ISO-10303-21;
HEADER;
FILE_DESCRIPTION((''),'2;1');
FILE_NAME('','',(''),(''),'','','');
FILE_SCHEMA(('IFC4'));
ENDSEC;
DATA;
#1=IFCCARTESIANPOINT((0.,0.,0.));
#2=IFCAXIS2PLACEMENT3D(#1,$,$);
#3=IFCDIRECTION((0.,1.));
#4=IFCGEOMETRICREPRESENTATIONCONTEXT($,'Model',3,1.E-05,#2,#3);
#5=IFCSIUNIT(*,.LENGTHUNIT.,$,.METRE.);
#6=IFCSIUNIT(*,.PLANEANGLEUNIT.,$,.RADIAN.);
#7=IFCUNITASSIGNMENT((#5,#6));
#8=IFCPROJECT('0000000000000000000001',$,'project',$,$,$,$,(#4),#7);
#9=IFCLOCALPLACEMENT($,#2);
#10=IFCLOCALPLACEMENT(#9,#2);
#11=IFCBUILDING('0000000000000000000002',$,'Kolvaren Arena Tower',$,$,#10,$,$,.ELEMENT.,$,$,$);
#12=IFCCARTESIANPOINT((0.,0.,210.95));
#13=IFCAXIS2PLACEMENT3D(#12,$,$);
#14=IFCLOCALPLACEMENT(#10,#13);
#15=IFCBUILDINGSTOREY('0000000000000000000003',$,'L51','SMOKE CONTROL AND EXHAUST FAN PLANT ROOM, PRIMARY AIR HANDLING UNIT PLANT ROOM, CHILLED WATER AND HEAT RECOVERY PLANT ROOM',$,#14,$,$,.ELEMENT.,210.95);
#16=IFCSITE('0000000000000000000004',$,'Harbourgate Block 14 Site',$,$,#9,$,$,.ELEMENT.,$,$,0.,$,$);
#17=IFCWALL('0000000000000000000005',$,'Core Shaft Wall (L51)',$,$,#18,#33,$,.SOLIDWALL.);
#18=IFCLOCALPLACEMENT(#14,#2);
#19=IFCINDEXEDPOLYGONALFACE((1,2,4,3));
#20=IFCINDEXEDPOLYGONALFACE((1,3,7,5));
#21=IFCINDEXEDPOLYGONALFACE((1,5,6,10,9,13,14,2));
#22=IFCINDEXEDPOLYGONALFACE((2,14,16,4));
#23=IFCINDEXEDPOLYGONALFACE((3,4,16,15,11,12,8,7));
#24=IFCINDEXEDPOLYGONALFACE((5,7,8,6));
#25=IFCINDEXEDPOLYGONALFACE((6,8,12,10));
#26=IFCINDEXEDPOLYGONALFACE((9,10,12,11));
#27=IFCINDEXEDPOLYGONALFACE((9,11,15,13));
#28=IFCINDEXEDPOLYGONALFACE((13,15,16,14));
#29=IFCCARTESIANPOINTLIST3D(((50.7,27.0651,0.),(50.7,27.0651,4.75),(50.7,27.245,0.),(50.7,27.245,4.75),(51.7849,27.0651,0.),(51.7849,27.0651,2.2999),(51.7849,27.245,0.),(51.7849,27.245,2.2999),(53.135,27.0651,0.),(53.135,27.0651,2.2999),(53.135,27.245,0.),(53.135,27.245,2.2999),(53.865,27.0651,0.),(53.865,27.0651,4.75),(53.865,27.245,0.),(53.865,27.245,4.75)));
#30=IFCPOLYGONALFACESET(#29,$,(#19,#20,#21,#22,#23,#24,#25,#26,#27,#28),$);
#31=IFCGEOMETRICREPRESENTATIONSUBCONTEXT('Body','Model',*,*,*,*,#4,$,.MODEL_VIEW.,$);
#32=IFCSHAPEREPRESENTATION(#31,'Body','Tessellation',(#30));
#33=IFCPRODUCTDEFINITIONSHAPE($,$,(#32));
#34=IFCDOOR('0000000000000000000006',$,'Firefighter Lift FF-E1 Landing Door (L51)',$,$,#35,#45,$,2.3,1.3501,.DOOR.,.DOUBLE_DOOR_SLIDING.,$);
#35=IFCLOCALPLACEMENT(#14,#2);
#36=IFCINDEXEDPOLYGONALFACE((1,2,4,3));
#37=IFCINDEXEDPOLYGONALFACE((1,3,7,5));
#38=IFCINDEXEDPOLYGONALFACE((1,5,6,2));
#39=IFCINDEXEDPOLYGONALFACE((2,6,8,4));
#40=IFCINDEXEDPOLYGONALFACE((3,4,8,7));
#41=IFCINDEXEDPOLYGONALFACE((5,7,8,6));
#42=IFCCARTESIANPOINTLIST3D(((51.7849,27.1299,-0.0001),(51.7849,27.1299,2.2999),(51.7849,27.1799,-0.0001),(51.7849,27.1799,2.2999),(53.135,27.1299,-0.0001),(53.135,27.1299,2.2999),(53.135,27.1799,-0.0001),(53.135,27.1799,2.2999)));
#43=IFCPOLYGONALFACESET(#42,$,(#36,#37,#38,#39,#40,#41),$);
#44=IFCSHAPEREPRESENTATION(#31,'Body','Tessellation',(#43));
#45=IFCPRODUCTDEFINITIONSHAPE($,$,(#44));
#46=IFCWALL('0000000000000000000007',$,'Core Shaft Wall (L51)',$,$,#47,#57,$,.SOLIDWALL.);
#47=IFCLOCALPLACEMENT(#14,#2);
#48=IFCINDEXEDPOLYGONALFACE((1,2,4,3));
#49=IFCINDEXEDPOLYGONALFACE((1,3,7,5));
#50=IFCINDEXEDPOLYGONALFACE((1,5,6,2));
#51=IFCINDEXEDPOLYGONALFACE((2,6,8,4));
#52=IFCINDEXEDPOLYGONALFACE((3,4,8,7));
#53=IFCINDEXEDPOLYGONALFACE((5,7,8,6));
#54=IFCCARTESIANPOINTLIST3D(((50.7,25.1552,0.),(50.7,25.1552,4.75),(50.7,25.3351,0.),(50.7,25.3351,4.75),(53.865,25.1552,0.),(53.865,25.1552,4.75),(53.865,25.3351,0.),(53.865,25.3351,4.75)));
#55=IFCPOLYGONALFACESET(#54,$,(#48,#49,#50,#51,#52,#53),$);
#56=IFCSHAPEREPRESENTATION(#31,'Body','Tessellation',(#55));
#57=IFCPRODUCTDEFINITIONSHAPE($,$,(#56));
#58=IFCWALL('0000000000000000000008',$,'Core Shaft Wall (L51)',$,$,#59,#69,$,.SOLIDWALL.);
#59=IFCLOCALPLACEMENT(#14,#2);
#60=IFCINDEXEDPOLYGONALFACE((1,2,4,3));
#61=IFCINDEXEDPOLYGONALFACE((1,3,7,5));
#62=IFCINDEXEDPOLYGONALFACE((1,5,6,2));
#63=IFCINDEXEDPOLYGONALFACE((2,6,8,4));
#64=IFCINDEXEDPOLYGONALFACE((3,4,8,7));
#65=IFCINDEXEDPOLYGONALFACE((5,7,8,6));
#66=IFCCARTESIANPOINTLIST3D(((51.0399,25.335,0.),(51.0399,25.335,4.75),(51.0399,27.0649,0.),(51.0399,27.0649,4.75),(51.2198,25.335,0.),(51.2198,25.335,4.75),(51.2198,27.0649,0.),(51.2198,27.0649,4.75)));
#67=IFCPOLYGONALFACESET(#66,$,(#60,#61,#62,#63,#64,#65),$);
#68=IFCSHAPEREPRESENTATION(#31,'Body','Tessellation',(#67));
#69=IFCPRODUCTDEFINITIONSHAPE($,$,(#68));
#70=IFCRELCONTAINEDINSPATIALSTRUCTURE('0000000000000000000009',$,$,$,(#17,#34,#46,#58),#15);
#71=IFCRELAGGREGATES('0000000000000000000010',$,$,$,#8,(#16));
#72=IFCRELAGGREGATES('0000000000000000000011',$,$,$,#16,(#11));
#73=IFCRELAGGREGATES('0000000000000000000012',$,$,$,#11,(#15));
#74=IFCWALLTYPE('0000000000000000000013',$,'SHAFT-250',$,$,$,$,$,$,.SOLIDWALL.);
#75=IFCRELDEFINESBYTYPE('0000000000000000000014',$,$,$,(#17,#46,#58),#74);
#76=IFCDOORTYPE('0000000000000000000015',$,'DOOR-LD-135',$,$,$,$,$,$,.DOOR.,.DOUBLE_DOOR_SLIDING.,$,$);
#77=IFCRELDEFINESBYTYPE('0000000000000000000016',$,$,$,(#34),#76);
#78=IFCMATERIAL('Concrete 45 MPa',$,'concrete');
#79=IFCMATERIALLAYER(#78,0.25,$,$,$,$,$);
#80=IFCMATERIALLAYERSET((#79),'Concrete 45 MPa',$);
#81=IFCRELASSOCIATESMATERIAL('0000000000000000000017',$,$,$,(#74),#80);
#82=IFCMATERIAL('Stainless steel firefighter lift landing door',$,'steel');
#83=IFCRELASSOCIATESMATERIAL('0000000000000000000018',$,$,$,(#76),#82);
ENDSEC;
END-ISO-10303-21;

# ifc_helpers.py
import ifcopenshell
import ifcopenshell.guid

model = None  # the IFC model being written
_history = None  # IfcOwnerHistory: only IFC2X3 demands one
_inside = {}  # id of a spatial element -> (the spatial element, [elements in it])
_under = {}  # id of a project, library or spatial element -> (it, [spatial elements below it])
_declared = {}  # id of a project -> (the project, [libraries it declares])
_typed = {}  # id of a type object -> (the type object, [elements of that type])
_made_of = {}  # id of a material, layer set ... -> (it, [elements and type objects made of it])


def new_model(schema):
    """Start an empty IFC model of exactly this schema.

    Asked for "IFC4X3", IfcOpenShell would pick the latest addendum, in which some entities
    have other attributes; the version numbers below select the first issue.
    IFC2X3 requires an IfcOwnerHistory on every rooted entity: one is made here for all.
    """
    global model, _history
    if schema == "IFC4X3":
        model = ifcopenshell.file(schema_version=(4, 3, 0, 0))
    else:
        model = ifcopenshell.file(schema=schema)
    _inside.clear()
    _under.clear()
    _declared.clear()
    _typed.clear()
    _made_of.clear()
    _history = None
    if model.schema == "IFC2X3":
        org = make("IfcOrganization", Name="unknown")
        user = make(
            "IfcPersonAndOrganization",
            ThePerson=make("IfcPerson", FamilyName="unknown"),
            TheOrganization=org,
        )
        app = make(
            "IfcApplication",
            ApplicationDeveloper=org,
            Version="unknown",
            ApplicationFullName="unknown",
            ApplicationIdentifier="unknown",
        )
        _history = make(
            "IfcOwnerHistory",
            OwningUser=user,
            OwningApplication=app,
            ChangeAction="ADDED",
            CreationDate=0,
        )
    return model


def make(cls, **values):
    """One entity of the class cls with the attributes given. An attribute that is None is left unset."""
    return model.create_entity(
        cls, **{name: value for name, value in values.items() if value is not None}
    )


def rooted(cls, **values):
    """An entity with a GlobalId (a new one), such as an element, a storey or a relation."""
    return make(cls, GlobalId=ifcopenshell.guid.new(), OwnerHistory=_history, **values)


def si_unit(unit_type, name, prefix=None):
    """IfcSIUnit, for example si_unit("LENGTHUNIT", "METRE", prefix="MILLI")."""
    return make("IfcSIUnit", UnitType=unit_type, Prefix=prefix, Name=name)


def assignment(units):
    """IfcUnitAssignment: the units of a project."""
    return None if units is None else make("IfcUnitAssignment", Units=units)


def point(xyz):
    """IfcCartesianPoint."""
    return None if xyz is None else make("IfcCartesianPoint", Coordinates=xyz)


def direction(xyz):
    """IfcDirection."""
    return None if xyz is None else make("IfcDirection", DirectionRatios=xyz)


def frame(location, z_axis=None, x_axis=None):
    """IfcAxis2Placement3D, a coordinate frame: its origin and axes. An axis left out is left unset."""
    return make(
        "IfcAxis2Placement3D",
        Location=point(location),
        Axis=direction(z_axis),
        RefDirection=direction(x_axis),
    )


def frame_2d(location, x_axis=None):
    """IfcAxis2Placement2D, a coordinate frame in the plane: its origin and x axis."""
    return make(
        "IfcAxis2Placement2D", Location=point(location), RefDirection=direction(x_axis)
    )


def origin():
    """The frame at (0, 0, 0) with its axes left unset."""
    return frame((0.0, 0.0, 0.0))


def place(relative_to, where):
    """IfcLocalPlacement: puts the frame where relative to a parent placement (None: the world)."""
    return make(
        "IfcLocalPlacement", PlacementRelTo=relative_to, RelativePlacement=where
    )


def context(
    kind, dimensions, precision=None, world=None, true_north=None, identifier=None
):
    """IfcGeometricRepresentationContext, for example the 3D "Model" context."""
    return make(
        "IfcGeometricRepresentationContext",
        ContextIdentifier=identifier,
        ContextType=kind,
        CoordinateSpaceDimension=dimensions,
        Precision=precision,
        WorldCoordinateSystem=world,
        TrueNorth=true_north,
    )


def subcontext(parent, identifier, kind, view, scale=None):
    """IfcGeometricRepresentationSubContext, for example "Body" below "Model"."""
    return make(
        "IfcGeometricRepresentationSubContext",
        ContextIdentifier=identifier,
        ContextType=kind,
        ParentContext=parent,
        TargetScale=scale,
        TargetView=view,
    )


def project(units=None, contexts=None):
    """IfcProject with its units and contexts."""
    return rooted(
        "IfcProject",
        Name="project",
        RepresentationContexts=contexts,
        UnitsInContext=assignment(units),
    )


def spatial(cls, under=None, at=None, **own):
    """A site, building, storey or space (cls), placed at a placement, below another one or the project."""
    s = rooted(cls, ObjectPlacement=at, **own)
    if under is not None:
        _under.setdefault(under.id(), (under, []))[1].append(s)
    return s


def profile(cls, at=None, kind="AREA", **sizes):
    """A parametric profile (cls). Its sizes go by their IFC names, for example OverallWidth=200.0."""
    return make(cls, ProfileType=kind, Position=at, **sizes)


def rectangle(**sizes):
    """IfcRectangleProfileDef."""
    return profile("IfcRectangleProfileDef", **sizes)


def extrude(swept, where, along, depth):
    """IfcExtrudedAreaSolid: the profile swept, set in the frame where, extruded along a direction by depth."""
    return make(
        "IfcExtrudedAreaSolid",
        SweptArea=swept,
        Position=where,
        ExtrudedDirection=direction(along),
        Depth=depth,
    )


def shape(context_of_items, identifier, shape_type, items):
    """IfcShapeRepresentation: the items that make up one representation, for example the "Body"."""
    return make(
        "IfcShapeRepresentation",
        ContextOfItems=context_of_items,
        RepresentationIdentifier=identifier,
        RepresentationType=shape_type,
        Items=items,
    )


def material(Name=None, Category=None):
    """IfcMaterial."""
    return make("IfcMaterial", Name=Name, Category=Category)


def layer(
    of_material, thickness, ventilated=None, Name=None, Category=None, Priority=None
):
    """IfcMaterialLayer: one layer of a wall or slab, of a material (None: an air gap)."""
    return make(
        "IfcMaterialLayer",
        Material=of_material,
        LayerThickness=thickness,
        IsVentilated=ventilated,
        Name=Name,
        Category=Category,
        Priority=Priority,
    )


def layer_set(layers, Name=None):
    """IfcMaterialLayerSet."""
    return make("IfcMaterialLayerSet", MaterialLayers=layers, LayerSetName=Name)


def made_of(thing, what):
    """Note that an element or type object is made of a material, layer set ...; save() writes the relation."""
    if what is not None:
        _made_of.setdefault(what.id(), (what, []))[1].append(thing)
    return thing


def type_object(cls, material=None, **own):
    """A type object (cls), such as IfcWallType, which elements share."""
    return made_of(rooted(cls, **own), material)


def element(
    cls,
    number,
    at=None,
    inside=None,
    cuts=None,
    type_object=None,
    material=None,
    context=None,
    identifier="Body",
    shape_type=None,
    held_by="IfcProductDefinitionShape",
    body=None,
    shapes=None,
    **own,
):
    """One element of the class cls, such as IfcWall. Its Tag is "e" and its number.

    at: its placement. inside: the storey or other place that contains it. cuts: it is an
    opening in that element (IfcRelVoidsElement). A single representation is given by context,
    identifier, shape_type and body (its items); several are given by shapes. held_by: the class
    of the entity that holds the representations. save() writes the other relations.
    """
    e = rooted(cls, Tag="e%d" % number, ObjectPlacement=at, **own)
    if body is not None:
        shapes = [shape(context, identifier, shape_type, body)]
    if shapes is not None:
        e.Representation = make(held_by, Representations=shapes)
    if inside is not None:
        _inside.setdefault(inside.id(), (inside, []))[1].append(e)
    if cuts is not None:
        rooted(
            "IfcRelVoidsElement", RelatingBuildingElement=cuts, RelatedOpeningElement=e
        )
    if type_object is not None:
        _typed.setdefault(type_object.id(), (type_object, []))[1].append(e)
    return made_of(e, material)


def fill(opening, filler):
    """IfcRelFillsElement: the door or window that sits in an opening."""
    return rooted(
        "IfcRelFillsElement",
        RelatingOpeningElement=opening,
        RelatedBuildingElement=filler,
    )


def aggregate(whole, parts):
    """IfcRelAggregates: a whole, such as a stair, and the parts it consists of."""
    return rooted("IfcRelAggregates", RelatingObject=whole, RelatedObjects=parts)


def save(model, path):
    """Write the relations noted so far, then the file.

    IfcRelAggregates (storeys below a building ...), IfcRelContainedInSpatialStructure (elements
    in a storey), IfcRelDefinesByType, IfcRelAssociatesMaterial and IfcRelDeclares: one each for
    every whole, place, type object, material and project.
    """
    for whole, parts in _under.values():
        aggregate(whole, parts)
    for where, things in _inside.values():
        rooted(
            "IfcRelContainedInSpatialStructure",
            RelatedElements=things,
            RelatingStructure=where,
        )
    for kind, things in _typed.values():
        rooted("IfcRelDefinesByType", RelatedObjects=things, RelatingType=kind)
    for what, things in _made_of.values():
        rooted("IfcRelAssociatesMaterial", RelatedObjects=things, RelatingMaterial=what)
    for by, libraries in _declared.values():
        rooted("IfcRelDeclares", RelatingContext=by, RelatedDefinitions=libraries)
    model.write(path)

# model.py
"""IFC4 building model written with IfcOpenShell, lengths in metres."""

from ifc_helpers import new_model, si_unit, direction, frame, frame_2d, origin, place, context, subcontext, project, spatial, rectangle, extrude, material, layer, layer_set, type_object, element, fill, save


model = new_model("IFC4")

# Units and contexts
model_context = context("Model", 3, precision=1e-05, world=origin(), true_north=direction((0.0, 1.0)))
body_context = subcontext(model_context, "Body", "Model", "MODEL_VIEW")
ifc_project = project(units=[si_unit("LENGTHUNIT", "METRE"), si_unit("PLANEANGLEUNIT", "RADIAN")], contexts=[model_context])

# Site, building, storey
site_placement = place(None, origin())
site = spatial("IfcSite", under=ifc_project, at=site_placement, Name="Harbourgate Block 14 Site", CompositionType="ELEMENT", RefElevation=0.0)
building_placement = place(site_placement, origin())
building = spatial("IfcBuilding", under=site, at=building_placement, Name="Kolvaren Arena Tower", CompositionType="ELEMENT")
storey_placement = place(building_placement, frame((0.0, 0.0, 210.95)))
storey = spatial("IfcBuildingStorey", under=building, at=storey_placement, Name="L51", Description="SMOKE CONTROL AND EXHAUST FAN PLANT ROOM, PRIMARY AIR HANDLING UNIT PLANT ROOM, CHILLED WATER AND HEAT RECOVERY PLANT ROOM", CompositionType="ELEMENT", Elevation=210.95)

# Shared definitions
ifc_material_1 = material(Name="Concrete 45 MPa", Category="concrete")
ifc_layer_1 = layer(ifc_material_1, 0.25)
ifc_layer_set_1 = layer_set([ifc_layer_1], Name="Concrete 45 MPa")
wall_type_1 = type_object("IfcWallType", Name="SHAFT-250", PredefinedType="SOLIDWALL", material=ifc_layer_set_1)

# Wall, opening, door
wall_1_placement = place(storey_placement, frame((50.7, 27.155, 0.0), z_axis=(0.0, 0.0, 1.0), x_axis=(1.0, 0.0, 0.0)))
wall_1 = element("IfcWall", 1, at=wall_1_placement, inside=storey, type_object=wall_type_1, Name="Core Shaft Wall (L51)", PredefinedType="SOLIDWALL", context=body_context, shape_type="SweptSolid", body=[
    extrude(rectangle(XDim=3.165, YDim=0.1799, at=frame_2d((1.5825, 0.0))), origin(), (0.0, 0.0, 1.0), 4.75),
])
opening_1_placement = place(wall_1_placement, frame((1.085, 0.0, 0.0)))
opening_1 = element("IfcOpeningElement", 2, at=opening_1_placement, cuts=wall_1, PredefinedType="OPENING", context=body_context, shape_type="SweptSolid", body=[
    extrude(rectangle(XDim=1.3501, YDim=2.3, at=frame_2d((0.675, 1.1499))), frame((0.0, 0.0999, 0.0), z_axis=(0.0, -1.0, 0.0), x_axis=(1.0, 0.0, 0.0)), (0.0, 0.0, 1.0), 0.2),
])
ifc_material_2 = material(Name="Stainless steel firefighter lift landing door", Category="steel")
door_type_1 = type_object("IfcDoorType", Name="DOOR-LD-135", OperationType="DOUBLE_DOOR_SLIDING", PredefinedType="DOOR", material=ifc_material_2)
door_1_placement = place(opening_1_placement, origin())
door_1 = element("IfcDoor", 3, at=door_1_placement, inside=storey, type_object=door_type_1, Name="Firefighter Lift FF-E1 Landing Door (L51)", OperationType="DOUBLE_DOOR_SLIDING", OverallHeight=2.3, OverallWidth=1.3501, PredefinedType="DOOR", context=body_context, shape_type="SweptSolid", body=[
    extrude(rectangle(XDim=1.3501, YDim=2.3, at=frame_2d((0.675, 1.1499))), frame((0.0, 0.0249, 0.0), z_axis=(0.0, -1.0, 0.0), x_axis=(1.0, 0.0, 0.0)), (0.0, 0.0, 1.0), 0.05),
])
fill(opening_1, door_1)

# Walls
wall_2_placement = place(storey_placement, frame((50.7, 25.2451, 0.0), z_axis=(0.0, 0.0, 1.0), x_axis=(1.0, 0.0, 0.0)))
element("IfcWall", 4, at=wall_2_placement, inside=storey, type_object=wall_type_1, Name="Core Shaft Wall (L51)", PredefinedType="SOLIDWALL", context=body_context, shape_type="SweptSolid", body=[
    extrude(rectangle(XDim=3.165, YDim=0.1799, at=frame_2d((1.5825, 0.0))), origin(), (0.0, 0.0, 1.0), 4.75),
])
wall_3_placement = place(storey_placement, frame((51.1299, 25.335, 0.0), z_axis=(0.0, 0.0, 1.0), x_axis=(0.0, 1.0, 0.0)))
element("IfcWall", 5, at=wall_3_placement, inside=storey, type_object=wall_type_1, Name="Core Shaft Wall (L51)", PredefinedType="SOLIDWALL", context=body_context, shape_type="SweptSolid", body=[
    extrude(rectangle(XDim=1.73, YDim=0.1799, at=frame_2d((0.865, 0.0))), origin(), (0.0, 0.0, 1.0), 4.75),
])

save(model, "model.ifc")
